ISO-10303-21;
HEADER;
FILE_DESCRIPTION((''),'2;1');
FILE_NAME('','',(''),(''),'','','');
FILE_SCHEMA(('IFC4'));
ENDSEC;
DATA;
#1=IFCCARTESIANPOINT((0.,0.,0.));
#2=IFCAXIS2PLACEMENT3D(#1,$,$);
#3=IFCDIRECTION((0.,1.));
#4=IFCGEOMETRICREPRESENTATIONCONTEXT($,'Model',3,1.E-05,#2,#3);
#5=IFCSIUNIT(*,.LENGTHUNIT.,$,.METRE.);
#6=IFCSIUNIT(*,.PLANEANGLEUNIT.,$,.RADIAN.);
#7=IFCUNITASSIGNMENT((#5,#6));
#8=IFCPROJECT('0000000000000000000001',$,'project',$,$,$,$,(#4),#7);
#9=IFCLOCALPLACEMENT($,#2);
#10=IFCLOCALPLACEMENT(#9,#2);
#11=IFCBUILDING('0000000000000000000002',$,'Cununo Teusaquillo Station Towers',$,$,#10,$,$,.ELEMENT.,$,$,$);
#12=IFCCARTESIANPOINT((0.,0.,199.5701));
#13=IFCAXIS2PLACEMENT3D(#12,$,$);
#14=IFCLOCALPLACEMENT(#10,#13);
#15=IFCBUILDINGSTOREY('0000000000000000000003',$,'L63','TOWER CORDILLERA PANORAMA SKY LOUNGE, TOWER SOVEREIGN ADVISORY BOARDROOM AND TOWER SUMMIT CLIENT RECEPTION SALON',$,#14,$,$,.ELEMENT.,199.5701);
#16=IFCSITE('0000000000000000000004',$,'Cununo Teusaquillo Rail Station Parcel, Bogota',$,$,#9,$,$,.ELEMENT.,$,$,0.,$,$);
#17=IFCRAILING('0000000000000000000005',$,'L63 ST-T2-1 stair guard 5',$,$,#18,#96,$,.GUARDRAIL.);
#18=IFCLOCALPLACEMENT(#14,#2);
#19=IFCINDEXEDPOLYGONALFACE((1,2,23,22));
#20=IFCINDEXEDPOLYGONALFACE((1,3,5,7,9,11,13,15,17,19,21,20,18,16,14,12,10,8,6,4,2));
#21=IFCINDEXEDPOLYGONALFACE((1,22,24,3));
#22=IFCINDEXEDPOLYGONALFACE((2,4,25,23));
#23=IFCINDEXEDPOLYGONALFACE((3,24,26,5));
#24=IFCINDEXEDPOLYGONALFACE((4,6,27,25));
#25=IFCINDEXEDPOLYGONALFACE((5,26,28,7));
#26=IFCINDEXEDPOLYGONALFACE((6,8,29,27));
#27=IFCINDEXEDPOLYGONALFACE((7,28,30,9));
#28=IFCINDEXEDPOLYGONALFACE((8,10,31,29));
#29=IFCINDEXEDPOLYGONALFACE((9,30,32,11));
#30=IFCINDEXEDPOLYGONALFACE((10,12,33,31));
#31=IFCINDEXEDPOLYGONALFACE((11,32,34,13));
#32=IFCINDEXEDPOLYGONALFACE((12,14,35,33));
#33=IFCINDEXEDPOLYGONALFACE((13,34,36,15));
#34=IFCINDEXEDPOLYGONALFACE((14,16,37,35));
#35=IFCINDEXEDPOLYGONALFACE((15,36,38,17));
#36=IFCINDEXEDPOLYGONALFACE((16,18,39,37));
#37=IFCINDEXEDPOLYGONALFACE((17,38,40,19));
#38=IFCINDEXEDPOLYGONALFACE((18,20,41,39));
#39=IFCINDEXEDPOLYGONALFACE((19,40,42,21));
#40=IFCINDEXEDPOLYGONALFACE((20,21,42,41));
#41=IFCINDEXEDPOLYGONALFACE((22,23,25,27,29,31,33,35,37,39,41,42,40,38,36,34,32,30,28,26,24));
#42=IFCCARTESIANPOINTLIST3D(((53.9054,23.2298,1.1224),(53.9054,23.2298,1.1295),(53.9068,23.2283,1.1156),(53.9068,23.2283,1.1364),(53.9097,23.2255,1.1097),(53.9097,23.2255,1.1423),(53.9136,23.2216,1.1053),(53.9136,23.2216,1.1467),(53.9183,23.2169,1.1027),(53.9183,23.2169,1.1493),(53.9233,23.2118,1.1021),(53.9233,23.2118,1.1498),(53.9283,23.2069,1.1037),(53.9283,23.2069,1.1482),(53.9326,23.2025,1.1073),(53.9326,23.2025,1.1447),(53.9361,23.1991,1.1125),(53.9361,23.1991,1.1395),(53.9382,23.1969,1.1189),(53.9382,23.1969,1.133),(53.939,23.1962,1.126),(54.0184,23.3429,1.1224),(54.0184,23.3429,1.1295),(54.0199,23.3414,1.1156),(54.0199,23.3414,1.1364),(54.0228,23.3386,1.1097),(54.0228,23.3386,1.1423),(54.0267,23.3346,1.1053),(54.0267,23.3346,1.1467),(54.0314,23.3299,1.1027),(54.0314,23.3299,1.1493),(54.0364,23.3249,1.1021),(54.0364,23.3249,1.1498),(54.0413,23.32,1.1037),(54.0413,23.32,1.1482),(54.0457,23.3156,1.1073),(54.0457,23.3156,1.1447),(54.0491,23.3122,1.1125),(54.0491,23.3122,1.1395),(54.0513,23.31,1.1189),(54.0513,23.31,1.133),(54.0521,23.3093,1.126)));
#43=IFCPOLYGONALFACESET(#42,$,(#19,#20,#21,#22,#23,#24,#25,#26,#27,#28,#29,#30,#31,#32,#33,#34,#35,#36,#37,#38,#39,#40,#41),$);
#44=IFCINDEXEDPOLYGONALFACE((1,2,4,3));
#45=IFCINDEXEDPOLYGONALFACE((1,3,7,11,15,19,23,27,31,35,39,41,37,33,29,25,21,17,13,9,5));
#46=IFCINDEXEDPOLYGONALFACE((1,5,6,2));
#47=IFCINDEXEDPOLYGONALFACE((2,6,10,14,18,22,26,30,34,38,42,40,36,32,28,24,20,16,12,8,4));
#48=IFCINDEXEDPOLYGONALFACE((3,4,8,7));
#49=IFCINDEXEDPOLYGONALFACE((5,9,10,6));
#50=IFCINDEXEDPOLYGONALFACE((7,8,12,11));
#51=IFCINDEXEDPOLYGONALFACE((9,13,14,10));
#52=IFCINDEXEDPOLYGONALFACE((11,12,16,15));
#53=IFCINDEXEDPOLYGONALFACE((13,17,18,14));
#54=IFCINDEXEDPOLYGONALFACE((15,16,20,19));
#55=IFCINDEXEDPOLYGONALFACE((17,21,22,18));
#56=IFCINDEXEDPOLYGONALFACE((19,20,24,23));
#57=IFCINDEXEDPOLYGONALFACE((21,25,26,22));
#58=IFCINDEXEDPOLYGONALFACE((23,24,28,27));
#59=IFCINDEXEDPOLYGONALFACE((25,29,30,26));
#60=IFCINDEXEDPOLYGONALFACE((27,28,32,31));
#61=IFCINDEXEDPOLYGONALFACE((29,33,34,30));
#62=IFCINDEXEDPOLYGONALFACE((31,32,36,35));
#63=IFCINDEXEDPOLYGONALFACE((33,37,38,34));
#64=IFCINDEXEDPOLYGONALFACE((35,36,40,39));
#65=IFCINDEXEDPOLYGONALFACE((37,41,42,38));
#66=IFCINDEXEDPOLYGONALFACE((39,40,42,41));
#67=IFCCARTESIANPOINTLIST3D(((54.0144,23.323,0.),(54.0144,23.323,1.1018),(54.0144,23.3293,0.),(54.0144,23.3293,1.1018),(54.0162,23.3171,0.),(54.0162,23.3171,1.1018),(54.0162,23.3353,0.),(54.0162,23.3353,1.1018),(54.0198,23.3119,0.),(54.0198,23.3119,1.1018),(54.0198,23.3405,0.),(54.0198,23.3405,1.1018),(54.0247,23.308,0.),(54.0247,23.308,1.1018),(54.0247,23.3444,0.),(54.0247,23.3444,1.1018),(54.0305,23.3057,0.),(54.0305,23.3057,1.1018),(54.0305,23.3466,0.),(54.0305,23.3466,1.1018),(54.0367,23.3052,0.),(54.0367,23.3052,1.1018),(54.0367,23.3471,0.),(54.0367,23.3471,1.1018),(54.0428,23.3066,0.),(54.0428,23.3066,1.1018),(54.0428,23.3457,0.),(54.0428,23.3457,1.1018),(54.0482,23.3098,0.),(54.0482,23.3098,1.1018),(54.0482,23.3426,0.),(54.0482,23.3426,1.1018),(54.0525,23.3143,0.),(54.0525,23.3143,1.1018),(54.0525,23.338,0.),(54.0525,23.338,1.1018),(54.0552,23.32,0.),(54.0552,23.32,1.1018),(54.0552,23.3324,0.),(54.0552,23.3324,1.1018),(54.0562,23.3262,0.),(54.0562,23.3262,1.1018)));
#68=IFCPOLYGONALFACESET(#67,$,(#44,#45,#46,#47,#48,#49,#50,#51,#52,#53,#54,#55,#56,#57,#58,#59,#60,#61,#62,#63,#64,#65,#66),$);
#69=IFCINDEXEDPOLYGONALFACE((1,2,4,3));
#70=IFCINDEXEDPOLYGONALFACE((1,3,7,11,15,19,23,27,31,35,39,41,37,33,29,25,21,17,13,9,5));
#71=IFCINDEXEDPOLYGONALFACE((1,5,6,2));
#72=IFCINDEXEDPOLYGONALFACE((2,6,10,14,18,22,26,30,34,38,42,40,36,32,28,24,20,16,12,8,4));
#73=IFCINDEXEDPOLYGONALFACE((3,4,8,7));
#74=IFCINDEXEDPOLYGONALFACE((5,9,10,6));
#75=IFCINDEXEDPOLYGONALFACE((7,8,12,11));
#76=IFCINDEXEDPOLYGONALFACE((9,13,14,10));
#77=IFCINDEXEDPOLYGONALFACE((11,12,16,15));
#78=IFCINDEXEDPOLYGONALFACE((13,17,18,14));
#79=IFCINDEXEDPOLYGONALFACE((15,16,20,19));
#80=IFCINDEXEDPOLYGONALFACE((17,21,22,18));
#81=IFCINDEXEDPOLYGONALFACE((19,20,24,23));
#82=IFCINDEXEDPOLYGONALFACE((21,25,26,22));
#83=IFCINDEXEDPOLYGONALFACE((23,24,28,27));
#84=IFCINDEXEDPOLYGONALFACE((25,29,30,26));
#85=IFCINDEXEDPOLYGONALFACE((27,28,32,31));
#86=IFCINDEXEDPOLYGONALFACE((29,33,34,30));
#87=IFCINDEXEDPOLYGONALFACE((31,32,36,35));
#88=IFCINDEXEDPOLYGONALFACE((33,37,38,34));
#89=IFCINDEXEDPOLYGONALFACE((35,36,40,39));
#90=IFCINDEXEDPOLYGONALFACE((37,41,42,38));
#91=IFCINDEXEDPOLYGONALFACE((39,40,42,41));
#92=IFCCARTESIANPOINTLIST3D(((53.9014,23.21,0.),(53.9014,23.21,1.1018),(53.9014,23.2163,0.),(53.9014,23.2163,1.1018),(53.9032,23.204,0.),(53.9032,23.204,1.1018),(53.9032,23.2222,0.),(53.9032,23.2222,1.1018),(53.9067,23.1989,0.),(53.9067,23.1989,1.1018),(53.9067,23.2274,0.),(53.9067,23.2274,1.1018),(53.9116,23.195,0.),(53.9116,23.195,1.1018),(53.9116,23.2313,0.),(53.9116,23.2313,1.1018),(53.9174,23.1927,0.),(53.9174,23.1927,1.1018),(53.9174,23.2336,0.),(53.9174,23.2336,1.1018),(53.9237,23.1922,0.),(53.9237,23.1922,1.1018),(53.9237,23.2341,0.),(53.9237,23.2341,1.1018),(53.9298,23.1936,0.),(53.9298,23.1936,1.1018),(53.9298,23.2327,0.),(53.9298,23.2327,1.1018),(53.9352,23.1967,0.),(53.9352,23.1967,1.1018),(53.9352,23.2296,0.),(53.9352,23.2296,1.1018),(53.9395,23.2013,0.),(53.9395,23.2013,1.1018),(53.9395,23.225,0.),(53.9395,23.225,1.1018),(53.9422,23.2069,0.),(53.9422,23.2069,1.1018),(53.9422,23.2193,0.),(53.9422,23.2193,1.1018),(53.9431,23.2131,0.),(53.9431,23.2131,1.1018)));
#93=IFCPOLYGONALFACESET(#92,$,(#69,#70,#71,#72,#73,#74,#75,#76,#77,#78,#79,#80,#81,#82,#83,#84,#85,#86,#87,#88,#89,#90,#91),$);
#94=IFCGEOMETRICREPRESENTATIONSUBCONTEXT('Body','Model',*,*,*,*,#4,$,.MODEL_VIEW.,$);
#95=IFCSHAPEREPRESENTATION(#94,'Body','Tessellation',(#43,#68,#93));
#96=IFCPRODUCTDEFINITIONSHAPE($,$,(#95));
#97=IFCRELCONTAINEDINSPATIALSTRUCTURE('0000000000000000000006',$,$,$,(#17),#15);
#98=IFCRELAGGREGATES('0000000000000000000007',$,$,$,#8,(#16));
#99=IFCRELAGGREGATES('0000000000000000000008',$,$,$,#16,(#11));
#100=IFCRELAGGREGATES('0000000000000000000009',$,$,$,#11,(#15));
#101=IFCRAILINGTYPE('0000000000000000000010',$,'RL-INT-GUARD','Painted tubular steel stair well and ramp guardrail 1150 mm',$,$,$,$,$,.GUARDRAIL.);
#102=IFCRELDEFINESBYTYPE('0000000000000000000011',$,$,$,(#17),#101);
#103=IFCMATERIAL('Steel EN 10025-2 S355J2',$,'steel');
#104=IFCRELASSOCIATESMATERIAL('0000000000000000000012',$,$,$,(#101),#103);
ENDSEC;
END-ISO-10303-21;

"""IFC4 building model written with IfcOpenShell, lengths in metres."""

from ifc_helpers import new_model, si_unit, direction, frame, origin, origin_2d, place, context, subcontext, project, spatial, circle, extrude, material, type_object, element, save


model = new_model("IFC4")

# Units and contexts
model_context = context("Model", 3, precision=1e-05, world=origin(), true_north=direction((0.0, 1.0)))
body_context = subcontext(model_context, "Body", "Model", "MODEL_VIEW")
ifc_project = project(units=[si_unit("LENGTHUNIT", "METRE"), si_unit("PLANEANGLEUNIT", "RADIAN")], contexts=[model_context])

# Site, building, storey
site_placement = place(None, origin())
site = spatial("IfcSite", under=ifc_project, at=site_placement, Name="Cununo Teusaquillo Rail Station Parcel, Bogota", CompositionType="ELEMENT", RefElevation=0.0)
building_placement = place(site_placement, origin())
building = spatial("IfcBuilding", under=site, at=building_placement, Name="Cununo Teusaquillo Station Towers", CompositionType="ELEMENT")
storey_placement = place(building_placement, frame((0.0, 0.0, 199.5701)))
storey = spatial("IfcBuildingStorey", under=building, at=storey_placement, Name="L63", Description="TOWER CORDILLERA PANORAMA SKY LOUNGE, TOWER SOVEREIGN ADVISORY BOARDROOM AND TOWER SUMMIT CLIENT RECEPTION SALON", CompositionType="ELEMENT", Elevation=199.5701)

# Railing
ifc_material_1 = material(Name="Steel EN 10025-2 S355J2", Category="steel")
railing_type_1 = type_object("IfcRailingType", Name="RL-INT-GUARD", Description="Painted tubular steel stair well and ramp guardrail 1150 mm", PredefinedType="GUARDRAIL", material=ifc_material_1)
railing_1_placement = place(storey_placement, frame((54.0352, 23.3262, 0.0)))
element("IfcRailing", 1, at=railing_1_placement, inside=storey, type_object=railing_type_1, Name="L63 ST-T2-1 stair guard 5", PredefinedType="GUARDRAIL", context=body_context, shape_type="SweptSolid", body=[
    extrude(circle(Radius=0.0239, at=origin_2d()), frame((0.0, 0.0, 1.126), z_axis=(-0.707107, -0.707107, 0.0), x_axis=(0.707107, -0.707107, 0.0)), (0.0, 0.0, 1.0), 0.1599),
    extrude(circle(Radius=0.021, at=origin_2d()), origin(), (0.0, 0.0, 1.0), 1.1018),
    extrude(circle(Radius=0.021, at=origin_2d()), frame((-0.113, -0.113, 0.0)), (0.0, 0.0, 1.0), 1.1018),
])

save(model, "model.ifc")
